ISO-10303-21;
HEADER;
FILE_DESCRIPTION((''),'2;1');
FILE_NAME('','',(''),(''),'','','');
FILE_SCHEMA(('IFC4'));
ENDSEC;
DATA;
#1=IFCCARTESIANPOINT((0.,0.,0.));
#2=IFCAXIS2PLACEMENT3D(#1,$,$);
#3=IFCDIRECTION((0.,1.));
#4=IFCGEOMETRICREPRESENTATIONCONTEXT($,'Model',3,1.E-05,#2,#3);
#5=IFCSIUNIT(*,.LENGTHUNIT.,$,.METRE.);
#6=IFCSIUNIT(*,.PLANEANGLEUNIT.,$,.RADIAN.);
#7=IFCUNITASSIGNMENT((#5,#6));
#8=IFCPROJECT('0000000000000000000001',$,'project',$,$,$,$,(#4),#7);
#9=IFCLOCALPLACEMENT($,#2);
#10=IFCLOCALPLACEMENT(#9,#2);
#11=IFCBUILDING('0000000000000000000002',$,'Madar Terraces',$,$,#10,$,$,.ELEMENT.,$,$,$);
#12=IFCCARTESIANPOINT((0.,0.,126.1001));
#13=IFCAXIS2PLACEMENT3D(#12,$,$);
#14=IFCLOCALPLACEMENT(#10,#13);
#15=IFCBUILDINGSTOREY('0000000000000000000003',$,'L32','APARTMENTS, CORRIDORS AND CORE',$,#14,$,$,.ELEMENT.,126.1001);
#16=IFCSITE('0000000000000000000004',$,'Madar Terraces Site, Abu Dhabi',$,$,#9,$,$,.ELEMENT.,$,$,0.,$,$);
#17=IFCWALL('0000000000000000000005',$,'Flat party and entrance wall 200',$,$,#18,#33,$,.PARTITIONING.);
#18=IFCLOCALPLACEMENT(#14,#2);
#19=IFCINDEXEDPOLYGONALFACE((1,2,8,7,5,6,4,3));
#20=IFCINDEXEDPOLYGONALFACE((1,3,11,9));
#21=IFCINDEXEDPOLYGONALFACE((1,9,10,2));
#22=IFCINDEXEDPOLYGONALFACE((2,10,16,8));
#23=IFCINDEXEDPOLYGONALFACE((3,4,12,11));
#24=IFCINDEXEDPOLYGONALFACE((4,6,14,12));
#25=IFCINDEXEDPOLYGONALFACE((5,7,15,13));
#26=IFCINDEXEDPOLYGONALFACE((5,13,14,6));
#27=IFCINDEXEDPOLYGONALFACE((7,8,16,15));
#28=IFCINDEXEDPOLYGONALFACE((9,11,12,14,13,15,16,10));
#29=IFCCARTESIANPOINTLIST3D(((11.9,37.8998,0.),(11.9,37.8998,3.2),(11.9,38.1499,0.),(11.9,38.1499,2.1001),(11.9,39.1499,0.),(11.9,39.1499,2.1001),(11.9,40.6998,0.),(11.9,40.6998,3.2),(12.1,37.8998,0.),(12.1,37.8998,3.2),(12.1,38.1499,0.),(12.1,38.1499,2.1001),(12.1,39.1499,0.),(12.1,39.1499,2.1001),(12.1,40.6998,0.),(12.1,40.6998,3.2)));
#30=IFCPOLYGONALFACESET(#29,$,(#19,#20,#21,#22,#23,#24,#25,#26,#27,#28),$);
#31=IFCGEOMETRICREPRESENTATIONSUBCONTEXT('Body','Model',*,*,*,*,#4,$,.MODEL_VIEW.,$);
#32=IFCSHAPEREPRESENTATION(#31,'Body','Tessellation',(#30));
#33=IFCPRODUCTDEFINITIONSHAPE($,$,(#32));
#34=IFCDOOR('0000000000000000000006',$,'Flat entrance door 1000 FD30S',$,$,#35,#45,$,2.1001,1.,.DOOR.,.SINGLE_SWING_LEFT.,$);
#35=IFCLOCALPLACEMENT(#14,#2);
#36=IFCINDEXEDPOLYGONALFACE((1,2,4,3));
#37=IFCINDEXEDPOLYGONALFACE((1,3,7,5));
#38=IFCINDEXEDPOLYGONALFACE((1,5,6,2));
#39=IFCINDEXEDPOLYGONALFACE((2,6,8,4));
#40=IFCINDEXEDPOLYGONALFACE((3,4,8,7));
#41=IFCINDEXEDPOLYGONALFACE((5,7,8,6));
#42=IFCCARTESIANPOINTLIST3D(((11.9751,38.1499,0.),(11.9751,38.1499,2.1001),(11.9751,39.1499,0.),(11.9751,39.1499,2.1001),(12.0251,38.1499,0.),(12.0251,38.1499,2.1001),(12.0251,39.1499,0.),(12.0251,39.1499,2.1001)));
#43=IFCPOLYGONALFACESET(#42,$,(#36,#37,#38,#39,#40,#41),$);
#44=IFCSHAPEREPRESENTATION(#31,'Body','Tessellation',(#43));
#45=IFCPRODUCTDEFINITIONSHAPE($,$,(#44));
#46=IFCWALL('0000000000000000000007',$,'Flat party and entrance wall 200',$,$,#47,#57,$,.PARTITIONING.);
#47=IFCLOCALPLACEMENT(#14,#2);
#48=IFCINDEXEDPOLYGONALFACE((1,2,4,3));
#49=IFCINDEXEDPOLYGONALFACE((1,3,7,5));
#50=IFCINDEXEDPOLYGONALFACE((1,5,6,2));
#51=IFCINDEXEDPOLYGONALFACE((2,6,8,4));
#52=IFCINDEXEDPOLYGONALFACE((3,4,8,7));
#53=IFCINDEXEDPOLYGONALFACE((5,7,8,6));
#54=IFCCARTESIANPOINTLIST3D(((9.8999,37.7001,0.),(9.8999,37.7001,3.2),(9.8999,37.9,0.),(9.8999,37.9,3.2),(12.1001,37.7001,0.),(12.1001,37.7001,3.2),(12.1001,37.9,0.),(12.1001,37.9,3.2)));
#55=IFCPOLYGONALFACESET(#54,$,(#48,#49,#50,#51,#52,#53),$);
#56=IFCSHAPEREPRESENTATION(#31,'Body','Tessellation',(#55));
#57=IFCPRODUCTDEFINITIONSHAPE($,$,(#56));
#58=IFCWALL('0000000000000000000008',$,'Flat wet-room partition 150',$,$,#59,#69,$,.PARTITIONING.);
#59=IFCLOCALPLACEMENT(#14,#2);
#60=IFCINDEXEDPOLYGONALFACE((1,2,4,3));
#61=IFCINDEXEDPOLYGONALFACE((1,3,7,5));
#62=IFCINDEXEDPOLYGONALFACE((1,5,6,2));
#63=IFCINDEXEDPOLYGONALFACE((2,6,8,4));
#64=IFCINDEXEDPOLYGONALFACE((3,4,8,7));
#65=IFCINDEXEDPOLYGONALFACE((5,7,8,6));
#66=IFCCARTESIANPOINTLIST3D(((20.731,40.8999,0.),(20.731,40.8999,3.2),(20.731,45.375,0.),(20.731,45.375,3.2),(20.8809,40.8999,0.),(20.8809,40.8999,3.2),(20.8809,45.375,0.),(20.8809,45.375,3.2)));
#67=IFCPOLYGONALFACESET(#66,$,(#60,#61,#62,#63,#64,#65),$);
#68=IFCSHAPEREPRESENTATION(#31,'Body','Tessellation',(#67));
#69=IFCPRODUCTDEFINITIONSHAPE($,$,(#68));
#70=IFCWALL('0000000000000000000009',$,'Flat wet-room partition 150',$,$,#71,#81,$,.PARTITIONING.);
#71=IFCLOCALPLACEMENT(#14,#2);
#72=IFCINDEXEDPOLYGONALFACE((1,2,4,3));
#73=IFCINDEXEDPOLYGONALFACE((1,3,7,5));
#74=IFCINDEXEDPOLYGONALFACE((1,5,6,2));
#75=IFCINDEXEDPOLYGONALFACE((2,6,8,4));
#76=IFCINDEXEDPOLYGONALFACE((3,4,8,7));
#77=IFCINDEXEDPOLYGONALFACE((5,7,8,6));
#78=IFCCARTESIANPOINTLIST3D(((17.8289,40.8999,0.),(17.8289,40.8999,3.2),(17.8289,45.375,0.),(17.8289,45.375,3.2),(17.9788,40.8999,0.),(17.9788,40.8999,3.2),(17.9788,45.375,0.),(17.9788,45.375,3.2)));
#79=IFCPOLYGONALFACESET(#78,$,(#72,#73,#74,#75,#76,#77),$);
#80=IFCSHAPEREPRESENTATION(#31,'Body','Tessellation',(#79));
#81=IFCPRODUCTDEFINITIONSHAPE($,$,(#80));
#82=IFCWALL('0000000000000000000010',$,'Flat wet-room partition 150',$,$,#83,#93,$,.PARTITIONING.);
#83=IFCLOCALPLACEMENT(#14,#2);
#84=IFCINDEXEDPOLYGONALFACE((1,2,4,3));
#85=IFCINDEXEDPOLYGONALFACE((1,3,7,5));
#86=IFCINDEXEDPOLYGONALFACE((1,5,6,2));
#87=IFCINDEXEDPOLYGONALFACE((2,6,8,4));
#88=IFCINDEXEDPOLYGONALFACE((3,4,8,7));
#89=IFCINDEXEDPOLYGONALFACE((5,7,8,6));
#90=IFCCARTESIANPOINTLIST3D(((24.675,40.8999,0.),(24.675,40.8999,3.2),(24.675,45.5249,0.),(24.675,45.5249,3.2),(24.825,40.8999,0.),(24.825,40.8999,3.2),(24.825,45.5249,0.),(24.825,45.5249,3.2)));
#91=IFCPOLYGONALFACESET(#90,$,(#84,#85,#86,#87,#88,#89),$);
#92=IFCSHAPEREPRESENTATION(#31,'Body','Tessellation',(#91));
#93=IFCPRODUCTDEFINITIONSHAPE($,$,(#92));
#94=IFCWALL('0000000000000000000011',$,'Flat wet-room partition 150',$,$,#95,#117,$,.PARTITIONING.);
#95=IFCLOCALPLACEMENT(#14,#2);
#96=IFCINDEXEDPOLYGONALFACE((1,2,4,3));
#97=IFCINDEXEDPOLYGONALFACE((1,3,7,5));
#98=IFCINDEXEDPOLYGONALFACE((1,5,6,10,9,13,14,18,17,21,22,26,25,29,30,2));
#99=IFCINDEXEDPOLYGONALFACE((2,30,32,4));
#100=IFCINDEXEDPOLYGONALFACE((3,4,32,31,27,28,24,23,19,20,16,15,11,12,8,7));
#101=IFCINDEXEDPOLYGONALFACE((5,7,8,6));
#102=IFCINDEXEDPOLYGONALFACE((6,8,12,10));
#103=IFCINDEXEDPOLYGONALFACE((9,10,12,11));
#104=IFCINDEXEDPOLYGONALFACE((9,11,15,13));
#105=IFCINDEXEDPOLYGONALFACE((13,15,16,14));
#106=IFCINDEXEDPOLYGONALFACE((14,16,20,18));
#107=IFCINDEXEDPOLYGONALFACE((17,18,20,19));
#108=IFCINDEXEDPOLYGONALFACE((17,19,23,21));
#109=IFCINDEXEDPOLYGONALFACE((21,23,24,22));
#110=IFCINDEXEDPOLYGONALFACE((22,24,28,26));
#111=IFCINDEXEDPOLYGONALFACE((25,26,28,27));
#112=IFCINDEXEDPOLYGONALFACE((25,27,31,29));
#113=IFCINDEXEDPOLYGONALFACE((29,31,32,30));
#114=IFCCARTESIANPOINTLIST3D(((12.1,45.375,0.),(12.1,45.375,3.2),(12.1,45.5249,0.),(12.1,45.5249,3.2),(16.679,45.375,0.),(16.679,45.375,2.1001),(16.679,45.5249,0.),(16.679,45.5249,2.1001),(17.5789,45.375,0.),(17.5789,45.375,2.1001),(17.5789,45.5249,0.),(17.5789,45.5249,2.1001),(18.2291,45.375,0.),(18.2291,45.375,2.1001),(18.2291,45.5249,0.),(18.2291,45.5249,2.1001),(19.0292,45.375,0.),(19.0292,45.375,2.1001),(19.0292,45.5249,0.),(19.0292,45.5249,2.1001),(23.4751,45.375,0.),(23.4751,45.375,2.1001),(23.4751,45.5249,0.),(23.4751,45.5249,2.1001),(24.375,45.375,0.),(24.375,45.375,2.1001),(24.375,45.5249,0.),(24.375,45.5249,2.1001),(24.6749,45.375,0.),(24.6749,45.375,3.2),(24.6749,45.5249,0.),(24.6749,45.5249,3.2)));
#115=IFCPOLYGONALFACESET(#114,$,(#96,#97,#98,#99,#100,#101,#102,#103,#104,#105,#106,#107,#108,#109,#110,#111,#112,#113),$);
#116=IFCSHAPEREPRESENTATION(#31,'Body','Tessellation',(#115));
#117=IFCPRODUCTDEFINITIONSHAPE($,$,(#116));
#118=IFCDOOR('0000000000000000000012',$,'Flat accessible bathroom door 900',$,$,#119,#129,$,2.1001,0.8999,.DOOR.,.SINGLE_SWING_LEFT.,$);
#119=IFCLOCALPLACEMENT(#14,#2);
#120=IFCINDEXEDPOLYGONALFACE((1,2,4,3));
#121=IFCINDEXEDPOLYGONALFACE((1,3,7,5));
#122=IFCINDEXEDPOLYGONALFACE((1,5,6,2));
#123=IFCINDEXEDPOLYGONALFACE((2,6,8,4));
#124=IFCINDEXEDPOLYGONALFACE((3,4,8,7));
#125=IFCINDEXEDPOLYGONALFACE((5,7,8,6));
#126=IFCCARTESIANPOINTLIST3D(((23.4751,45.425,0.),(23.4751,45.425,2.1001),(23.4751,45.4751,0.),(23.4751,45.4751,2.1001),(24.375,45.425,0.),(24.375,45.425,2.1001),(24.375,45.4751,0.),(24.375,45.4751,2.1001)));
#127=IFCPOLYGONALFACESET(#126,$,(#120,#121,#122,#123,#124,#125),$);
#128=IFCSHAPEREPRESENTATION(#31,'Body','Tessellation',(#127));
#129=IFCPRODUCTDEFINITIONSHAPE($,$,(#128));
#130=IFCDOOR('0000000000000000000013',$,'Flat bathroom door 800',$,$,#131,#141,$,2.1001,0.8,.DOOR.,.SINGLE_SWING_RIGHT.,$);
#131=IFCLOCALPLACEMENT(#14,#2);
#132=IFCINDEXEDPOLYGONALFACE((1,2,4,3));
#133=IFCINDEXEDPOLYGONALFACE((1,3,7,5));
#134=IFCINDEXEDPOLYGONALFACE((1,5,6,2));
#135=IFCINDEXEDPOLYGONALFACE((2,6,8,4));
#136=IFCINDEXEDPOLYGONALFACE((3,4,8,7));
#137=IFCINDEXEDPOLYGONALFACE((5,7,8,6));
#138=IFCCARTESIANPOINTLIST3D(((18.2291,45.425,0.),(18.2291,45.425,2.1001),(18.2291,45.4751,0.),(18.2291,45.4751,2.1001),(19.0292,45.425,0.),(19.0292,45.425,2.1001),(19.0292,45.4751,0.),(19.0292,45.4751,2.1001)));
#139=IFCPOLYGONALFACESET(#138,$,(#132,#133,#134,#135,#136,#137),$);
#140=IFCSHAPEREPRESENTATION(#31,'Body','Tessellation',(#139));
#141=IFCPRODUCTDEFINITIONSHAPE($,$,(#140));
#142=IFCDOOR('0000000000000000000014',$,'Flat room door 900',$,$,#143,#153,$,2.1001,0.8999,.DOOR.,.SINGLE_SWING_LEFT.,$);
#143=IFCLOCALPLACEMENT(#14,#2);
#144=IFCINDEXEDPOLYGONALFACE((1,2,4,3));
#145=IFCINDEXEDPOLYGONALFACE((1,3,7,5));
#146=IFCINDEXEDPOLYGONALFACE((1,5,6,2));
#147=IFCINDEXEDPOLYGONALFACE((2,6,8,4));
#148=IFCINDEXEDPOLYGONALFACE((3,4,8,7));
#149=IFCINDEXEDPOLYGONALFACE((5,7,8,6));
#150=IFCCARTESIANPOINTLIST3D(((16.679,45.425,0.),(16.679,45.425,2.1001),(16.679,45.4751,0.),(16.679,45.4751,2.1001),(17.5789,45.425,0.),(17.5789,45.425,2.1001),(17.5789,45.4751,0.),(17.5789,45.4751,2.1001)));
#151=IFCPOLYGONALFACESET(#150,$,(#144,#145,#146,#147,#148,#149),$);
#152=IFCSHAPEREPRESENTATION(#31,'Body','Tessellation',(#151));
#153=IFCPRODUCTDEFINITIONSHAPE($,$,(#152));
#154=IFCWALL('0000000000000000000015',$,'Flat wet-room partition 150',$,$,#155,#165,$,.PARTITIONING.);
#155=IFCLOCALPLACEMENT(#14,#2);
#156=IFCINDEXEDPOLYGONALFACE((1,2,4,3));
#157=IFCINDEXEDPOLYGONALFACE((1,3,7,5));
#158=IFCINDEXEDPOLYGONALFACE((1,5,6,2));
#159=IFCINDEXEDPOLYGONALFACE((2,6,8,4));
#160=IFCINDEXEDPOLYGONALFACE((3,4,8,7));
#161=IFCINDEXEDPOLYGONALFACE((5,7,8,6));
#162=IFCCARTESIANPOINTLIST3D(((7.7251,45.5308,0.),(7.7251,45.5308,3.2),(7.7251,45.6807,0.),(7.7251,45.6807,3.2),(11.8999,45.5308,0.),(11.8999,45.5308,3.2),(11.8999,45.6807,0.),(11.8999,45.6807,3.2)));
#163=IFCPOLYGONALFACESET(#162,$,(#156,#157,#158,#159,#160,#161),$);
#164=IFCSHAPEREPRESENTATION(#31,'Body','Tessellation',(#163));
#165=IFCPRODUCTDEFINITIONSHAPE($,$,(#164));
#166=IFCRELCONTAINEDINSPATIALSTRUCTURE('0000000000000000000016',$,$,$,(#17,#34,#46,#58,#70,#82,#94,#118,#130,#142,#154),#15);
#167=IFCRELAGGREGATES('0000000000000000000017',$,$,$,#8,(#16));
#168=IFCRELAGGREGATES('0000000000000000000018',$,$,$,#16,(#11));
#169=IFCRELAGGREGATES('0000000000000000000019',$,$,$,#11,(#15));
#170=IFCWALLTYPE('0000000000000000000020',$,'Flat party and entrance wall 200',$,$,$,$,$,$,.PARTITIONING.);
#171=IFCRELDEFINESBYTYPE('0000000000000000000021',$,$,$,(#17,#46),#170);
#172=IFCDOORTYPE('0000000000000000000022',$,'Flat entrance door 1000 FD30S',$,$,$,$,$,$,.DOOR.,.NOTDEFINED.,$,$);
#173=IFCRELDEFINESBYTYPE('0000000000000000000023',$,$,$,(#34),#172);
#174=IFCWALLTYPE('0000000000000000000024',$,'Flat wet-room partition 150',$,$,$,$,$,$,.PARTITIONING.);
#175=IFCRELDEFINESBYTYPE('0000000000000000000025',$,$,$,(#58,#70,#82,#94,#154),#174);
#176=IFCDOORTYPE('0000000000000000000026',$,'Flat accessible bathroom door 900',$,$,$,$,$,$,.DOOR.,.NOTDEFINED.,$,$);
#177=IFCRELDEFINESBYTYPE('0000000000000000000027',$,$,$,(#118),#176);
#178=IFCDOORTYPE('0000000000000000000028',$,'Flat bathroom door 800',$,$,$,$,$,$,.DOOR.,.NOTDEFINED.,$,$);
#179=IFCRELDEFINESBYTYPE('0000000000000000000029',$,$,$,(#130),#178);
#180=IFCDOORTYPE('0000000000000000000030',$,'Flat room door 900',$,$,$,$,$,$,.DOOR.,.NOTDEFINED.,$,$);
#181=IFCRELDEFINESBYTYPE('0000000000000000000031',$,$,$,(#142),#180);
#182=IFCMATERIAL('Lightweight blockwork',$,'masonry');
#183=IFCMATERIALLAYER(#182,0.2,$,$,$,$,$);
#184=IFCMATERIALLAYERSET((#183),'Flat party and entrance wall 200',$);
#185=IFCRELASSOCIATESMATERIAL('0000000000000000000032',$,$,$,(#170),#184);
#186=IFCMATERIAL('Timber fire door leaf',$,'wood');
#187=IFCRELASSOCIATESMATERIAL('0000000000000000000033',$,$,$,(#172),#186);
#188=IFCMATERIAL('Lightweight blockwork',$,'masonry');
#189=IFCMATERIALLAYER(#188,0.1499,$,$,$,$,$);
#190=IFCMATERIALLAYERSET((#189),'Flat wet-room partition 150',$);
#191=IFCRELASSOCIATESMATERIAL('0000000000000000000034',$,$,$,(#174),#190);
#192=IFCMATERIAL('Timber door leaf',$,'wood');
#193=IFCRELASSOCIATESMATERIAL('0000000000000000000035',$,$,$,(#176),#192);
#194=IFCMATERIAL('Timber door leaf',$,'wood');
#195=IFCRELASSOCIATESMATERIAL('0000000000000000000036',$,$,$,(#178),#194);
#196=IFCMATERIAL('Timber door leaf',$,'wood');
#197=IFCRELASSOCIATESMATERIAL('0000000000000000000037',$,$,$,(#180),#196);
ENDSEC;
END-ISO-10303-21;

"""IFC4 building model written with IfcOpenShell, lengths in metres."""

from ifc_helpers import new_model, si_unit, direction, frame, frame_2d, origin, place, context, subcontext, project, spatial, rectangle, extrude, material, layer, layer_set, type_object, element, fill, save


model = new_model("IFC4")

# Units and contexts
model_context = context("Model", 3, precision=1e-05, world=origin(), true_north=direction((0.0, 1.0)))
body_context = subcontext(model_context, "Body", "Model", "MODEL_VIEW")
ifc_project = project(units=[si_unit("LENGTHUNIT", "METRE"), si_unit("PLANEANGLEUNIT", "RADIAN")], contexts=[model_context])

# Site, building, storey
site_placement = place(None, origin())
site = spatial("IfcSite", under=ifc_project, at=site_placement, Name="Madar Terraces Site, Abu Dhabi", CompositionType="ELEMENT", RefElevation=0.0)
building_placement = place(site_placement, origin())
building = spatial("IfcBuilding", under=site, at=building_placement, Name="Madar Terraces", CompositionType="ELEMENT")
storey_placement = place(building_placement, frame((0.0, 0.0, 126.1001)))
storey = spatial("IfcBuildingStorey", under=building, at=storey_placement, Name="L32", Description="APARTMENTS, CORRIDORS AND CORE", CompositionType="ELEMENT", Elevation=126.1001)

# Shared definitions
ifc_material_1 = material(Name="Lightweight blockwork", Category="masonry")
ifc_layer_1 = layer(ifc_material_1, 0.2)
ifc_layer_set_1 = layer_set([ifc_layer_1], Name="Flat party and entrance wall 200")
wall_type_1 = type_object("IfcWallType", Name="Flat party and entrance wall 200", PredefinedType="PARTITIONING", material=ifc_layer_set_1)
ifc_material_2 = material(Name="Timber fire door leaf", Category="wood")
door_type_1 = type_object("IfcDoorType", Name="Flat entrance door 1000 FD30S", OperationType="NOTDEFINED", PredefinedType="DOOR", material=ifc_material_2)

# Wall, opening, door
wall_1_placement = place(storey_placement, frame((12.0, 37.8999, 0.0), z_axis=(0.0, 0.0, 1.0), x_axis=(0.0, 1.0, 0.0)))
wall_1 = element("IfcWall", 1, at=wall_1_placement, inside=storey, type_object=wall_type_1, Name="Flat party and entrance wall 200", PredefinedType="PARTITIONING", context=body_context, shape_type="SweptSolid", body=[
    extrude(rectangle(XDim=2.8, YDim=0.2, at=frame_2d((1.3999, 0.0))), origin(), (0.0, 0.0, 1.0), 3.2),
])
opening_1_placement = place(wall_1_placement, frame((0.25, 0.0, 0.0)))
opening_1 = element("IfcOpeningElement", 2, at=opening_1_placement, cuts=wall_1, PredefinedType="OPENING", context=body_context, shape_type="SweptSolid", body=[
    extrude(rectangle(XDim=1.0, YDim=2.1001, at=frame_2d((0.5, 1.05))), frame((0.0, 0.1099, 0.0), z_axis=(0.0, -1.0, 0.0), x_axis=(1.0, 0.0, 0.0)), (0.0, 0.0, 1.0), 0.22),
])
door_1_placement = place(opening_1_placement, origin())
door_1 = element("IfcDoor", 3, at=door_1_placement, inside=storey, type_object=door_type_1, Name="Flat entrance door 1000 FD30S", OperationType="SINGLE_SWING_LEFT", OverallHeight=2.1001, OverallWidth=1.0, PredefinedType="DOOR", context=body_context, shape_type="SweptSolid", body=[
    extrude(rectangle(XDim=1.0, YDim=2.1001, at=frame_2d((0.5, 1.05))), frame((0.0, 0.0249, 0.0), z_axis=(0.0, -1.0, 0.0), x_axis=(1.0, 0.0, 0.0)), (0.0, 0.0, 1.0), 0.05),
])
fill(opening_1, door_1)

# Walls
wall_2_placement = place(storey_placement, frame((12.1001, 37.8, 0.0), z_axis=(0.0, 0.0, 1.0), x_axis=(-1.0, 0.0, 0.0)))
element("IfcWall", 4, at=wall_2_placement, inside=storey, type_object=wall_type_1, Name="Flat party and entrance wall 200", PredefinedType="PARTITIONING", context=body_context, shape_type="SweptSolid", body=[
    extrude(rectangle(XDim=2.2002, YDim=0.2, at=frame_2d((1.1001, 0.0))), origin(), (0.0, 0.0, 1.0), 3.2),
])
ifc_material_3 = material(Name="Lightweight blockwork", Category="masonry")
ifc_layer_2 = layer(ifc_material_3, 0.1499)
ifc_layer_set_2 = layer_set([ifc_layer_2], Name="Flat wet-room partition 150")
wall_type_2 = type_object("IfcWallType", Name="Flat wet-room partition 150", PredefinedType="PARTITIONING", material=ifc_layer_set_2)
for number, where, z_axis, x_axis, name in (
    (5, (20.8059, 40.8999, 0.0), (0.0, 0.0, 1.0), (0.0, 1.0, 0.0), "Flat wet-room partition 150"),
    (6, (17.9038, 40.8999, 0.0), (0.0, 0.0, 1.0), (0.0, 1.0, 0.0), "Flat wet-room partition 150"),
):
    element("IfcWall", number, at=place(storey_placement, frame(where, z_axis=z_axis, x_axis=x_axis)), inside=storey, type_object=wall_type_2, Name=name, PredefinedType="PARTITIONING", context=body_context, shape_type="SweptSolid", body=[
        extrude(rectangle(XDim=4.4751, YDim=0.1499, at=frame_2d((2.2375, 0.0))), origin(), (0.0, 0.0, 1.0), 3.2),
    ])
wall_3_placement = place(storey_placement, frame((24.75, 40.8999, 0.0), z_axis=(0.0, 0.0, 1.0), x_axis=(0.0, 1.0, 0.0)))
element("IfcWall", 7, at=wall_3_placement, inside=storey, type_object=wall_type_2, Name="Flat wet-room partition 150", PredefinedType="PARTITIONING", context=body_context, shape_type="SweptSolid", body=[
    extrude(rectangle(XDim=4.625, YDim=0.1499, at=frame_2d((2.3125, 0.0))), origin(), (0.0, 0.0, 1.0), 3.2),
])

# Wall, openings, doors
wall_4_placement = place(storey_placement, frame((24.675, 45.45, 0.0), z_axis=(0.0, 0.0, 1.0), x_axis=(-1.0, 0.0, 0.0)))
wall_4 = element("IfcWall", 8, at=wall_4_placement, inside=storey, type_object=wall_type_2, Name="Flat wet-room partition 150", PredefinedType="PARTITIONING", context=body_context, shape_type="SweptSolid", body=[
    extrude(rectangle(XDim=12.575, YDim=0.1499, at=frame_2d((6.2876, 0.0))), origin(), (0.0, 0.0, 1.0), 3.2),
])
opening_2_placement = place(wall_4_placement, frame((0.3, 0.0, 0.0)))
opening_2 = element("IfcOpeningElement", 9, at=opening_2_placement, cuts=wall_4, PredefinedType="OPENING", context=body_context, shape_type="SweptSolid", body=[
    extrude(rectangle(XDim=0.8999, YDim=2.1001, at=frame_2d((0.45, 1.05))), frame((0.0, 0.085, 0.0), z_axis=(0.0, -1.0, 0.0), x_axis=(1.0, 0.0, 0.0)), (0.0, 0.0, 1.0), 0.1699),
])
opening_3_placement = place(wall_4_placement, frame((5.646, 0.0, 0.0)))
opening_3 = element("IfcOpeningElement", 10, at=opening_3_placement, cuts=wall_4, PredefinedType="OPENING", context=body_context, shape_type="SweptSolid", body=[
    extrude(rectangle(XDim=0.8, YDim=2.1001, at=frame_2d((0.3999, 1.05))), frame((0.0, 0.085, 0.0), z_axis=(0.0, -1.0, 0.0), x_axis=(1.0, 0.0, 0.0)), (0.0, 0.0, 1.0), 0.1699),
])
opening_4_placement = place(wall_4_placement, frame((7.0962, 0.0, 0.0)))
opening_4 = element("IfcOpeningElement", 11, at=opening_4_placement, cuts=wall_4, PredefinedType="OPENING", context=body_context, shape_type="SweptSolid", body=[
    extrude(rectangle(XDim=0.8999, YDim=2.1001, at=frame_2d((0.45, 1.05))), frame((0.0, 0.085, 0.0), z_axis=(0.0, -1.0, 0.0), x_axis=(1.0, 0.0, 0.0)), (0.0, 0.0, 1.0), 0.1699),
])
ifc_material_4 = material(Name="Timber door leaf", Category="wood")
door_type_2 = type_object("IfcDoorType", Name="Flat accessible bathroom door 900", OperationType="NOTDEFINED", PredefinedType="DOOR", material=ifc_material_4)
door_2_placement = place(opening_2_placement, origin())
door_2 = element("IfcDoor", 12, at=door_2_placement, inside=storey, type_object=door_type_2, Name="Flat accessible bathroom door 900", OperationType="SINGLE_SWING_LEFT", OverallHeight=2.1001, OverallWidth=0.8999, PredefinedType="DOOR", context=body_context, shape_type="SweptSolid", body=[
    extrude(rectangle(XDim=0.8999, YDim=2.1001, at=frame_2d((0.45, 1.05))), frame((0.0, 0.0249, 0.0), z_axis=(0.0, -1.0, 0.0), x_axis=(1.0, 0.0, 0.0)), (0.0, 0.0, 1.0), 0.05),
])
fill(opening_2, door_2)
ifc_material_5 = material(Name="Timber door leaf", Category="wood")
door_type_3 = type_object("IfcDoorType", Name="Flat bathroom door 800", OperationType="NOTDEFINED", PredefinedType="DOOR", material=ifc_material_5)
door_3_placement = place(opening_3_placement, origin())
door_3 = element("IfcDoor", 13, at=door_3_placement, inside=storey, type_object=door_type_3, Name="Flat bathroom door 800", OperationType="SINGLE_SWING_RIGHT", OverallHeight=2.1001, OverallWidth=0.8, PredefinedType="DOOR", context=body_context, shape_type="SweptSolid", body=[
    extrude(rectangle(XDim=0.8, YDim=2.1001, at=frame_2d((0.3999, 1.05))), frame((0.0, 0.0249, 0.0), z_axis=(0.0, -1.0, 0.0), x_axis=(1.0, 0.0, 0.0)), (0.0, 0.0, 1.0), 0.05),
])
fill(opening_3, door_3)
ifc_material_6 = material(Name="Timber door leaf", Category="wood")
door_type_4 = type_object("IfcDoorType", Name="Flat room door 900", OperationType="NOTDEFINED", PredefinedType="DOOR", material=ifc_material_6)
door_4_placement = place(opening_4_placement, origin())
door_4 = element("IfcDoor", 14, at=door_4_placement, inside=storey, type_object=door_type_4, Name="Flat room door 900", OperationType="SINGLE_SWING_LEFT", OverallHeight=2.1001, OverallWidth=0.8999, PredefinedType="DOOR", context=body_context, shape_type="SweptSolid", body=[
    extrude(rectangle(XDim=0.8999, YDim=2.1001, at=frame_2d((0.45, 1.05))), frame((0.0, 0.0249, 0.0), z_axis=(0.0, -1.0, 0.0), x_axis=(1.0, 0.0, 0.0)), (0.0, 0.0, 1.0), 0.05),
])
fill(opening_4, door_4)

# Wall
wall_5_placement = place(storey_placement, frame((11.8999, 45.6057, 0.0), z_axis=(0.0, 0.0, 1.0), x_axis=(-1.0, 0.0, 0.0)))
element("IfcWall", 15, at=wall_5_placement, inside=storey, type_object=wall_type_2, Name="Flat wet-room partition 150", PredefinedType="PARTITIONING", context=body_context, shape_type="SweptSolid", body=[
    extrude(rectangle(XDim=4.1748, YDim=0.1499, at=frame_2d((2.0874, 0.0))), origin(), (0.0, 0.0, 1.0), 3.2),
])

save(model, "model.ifc")
